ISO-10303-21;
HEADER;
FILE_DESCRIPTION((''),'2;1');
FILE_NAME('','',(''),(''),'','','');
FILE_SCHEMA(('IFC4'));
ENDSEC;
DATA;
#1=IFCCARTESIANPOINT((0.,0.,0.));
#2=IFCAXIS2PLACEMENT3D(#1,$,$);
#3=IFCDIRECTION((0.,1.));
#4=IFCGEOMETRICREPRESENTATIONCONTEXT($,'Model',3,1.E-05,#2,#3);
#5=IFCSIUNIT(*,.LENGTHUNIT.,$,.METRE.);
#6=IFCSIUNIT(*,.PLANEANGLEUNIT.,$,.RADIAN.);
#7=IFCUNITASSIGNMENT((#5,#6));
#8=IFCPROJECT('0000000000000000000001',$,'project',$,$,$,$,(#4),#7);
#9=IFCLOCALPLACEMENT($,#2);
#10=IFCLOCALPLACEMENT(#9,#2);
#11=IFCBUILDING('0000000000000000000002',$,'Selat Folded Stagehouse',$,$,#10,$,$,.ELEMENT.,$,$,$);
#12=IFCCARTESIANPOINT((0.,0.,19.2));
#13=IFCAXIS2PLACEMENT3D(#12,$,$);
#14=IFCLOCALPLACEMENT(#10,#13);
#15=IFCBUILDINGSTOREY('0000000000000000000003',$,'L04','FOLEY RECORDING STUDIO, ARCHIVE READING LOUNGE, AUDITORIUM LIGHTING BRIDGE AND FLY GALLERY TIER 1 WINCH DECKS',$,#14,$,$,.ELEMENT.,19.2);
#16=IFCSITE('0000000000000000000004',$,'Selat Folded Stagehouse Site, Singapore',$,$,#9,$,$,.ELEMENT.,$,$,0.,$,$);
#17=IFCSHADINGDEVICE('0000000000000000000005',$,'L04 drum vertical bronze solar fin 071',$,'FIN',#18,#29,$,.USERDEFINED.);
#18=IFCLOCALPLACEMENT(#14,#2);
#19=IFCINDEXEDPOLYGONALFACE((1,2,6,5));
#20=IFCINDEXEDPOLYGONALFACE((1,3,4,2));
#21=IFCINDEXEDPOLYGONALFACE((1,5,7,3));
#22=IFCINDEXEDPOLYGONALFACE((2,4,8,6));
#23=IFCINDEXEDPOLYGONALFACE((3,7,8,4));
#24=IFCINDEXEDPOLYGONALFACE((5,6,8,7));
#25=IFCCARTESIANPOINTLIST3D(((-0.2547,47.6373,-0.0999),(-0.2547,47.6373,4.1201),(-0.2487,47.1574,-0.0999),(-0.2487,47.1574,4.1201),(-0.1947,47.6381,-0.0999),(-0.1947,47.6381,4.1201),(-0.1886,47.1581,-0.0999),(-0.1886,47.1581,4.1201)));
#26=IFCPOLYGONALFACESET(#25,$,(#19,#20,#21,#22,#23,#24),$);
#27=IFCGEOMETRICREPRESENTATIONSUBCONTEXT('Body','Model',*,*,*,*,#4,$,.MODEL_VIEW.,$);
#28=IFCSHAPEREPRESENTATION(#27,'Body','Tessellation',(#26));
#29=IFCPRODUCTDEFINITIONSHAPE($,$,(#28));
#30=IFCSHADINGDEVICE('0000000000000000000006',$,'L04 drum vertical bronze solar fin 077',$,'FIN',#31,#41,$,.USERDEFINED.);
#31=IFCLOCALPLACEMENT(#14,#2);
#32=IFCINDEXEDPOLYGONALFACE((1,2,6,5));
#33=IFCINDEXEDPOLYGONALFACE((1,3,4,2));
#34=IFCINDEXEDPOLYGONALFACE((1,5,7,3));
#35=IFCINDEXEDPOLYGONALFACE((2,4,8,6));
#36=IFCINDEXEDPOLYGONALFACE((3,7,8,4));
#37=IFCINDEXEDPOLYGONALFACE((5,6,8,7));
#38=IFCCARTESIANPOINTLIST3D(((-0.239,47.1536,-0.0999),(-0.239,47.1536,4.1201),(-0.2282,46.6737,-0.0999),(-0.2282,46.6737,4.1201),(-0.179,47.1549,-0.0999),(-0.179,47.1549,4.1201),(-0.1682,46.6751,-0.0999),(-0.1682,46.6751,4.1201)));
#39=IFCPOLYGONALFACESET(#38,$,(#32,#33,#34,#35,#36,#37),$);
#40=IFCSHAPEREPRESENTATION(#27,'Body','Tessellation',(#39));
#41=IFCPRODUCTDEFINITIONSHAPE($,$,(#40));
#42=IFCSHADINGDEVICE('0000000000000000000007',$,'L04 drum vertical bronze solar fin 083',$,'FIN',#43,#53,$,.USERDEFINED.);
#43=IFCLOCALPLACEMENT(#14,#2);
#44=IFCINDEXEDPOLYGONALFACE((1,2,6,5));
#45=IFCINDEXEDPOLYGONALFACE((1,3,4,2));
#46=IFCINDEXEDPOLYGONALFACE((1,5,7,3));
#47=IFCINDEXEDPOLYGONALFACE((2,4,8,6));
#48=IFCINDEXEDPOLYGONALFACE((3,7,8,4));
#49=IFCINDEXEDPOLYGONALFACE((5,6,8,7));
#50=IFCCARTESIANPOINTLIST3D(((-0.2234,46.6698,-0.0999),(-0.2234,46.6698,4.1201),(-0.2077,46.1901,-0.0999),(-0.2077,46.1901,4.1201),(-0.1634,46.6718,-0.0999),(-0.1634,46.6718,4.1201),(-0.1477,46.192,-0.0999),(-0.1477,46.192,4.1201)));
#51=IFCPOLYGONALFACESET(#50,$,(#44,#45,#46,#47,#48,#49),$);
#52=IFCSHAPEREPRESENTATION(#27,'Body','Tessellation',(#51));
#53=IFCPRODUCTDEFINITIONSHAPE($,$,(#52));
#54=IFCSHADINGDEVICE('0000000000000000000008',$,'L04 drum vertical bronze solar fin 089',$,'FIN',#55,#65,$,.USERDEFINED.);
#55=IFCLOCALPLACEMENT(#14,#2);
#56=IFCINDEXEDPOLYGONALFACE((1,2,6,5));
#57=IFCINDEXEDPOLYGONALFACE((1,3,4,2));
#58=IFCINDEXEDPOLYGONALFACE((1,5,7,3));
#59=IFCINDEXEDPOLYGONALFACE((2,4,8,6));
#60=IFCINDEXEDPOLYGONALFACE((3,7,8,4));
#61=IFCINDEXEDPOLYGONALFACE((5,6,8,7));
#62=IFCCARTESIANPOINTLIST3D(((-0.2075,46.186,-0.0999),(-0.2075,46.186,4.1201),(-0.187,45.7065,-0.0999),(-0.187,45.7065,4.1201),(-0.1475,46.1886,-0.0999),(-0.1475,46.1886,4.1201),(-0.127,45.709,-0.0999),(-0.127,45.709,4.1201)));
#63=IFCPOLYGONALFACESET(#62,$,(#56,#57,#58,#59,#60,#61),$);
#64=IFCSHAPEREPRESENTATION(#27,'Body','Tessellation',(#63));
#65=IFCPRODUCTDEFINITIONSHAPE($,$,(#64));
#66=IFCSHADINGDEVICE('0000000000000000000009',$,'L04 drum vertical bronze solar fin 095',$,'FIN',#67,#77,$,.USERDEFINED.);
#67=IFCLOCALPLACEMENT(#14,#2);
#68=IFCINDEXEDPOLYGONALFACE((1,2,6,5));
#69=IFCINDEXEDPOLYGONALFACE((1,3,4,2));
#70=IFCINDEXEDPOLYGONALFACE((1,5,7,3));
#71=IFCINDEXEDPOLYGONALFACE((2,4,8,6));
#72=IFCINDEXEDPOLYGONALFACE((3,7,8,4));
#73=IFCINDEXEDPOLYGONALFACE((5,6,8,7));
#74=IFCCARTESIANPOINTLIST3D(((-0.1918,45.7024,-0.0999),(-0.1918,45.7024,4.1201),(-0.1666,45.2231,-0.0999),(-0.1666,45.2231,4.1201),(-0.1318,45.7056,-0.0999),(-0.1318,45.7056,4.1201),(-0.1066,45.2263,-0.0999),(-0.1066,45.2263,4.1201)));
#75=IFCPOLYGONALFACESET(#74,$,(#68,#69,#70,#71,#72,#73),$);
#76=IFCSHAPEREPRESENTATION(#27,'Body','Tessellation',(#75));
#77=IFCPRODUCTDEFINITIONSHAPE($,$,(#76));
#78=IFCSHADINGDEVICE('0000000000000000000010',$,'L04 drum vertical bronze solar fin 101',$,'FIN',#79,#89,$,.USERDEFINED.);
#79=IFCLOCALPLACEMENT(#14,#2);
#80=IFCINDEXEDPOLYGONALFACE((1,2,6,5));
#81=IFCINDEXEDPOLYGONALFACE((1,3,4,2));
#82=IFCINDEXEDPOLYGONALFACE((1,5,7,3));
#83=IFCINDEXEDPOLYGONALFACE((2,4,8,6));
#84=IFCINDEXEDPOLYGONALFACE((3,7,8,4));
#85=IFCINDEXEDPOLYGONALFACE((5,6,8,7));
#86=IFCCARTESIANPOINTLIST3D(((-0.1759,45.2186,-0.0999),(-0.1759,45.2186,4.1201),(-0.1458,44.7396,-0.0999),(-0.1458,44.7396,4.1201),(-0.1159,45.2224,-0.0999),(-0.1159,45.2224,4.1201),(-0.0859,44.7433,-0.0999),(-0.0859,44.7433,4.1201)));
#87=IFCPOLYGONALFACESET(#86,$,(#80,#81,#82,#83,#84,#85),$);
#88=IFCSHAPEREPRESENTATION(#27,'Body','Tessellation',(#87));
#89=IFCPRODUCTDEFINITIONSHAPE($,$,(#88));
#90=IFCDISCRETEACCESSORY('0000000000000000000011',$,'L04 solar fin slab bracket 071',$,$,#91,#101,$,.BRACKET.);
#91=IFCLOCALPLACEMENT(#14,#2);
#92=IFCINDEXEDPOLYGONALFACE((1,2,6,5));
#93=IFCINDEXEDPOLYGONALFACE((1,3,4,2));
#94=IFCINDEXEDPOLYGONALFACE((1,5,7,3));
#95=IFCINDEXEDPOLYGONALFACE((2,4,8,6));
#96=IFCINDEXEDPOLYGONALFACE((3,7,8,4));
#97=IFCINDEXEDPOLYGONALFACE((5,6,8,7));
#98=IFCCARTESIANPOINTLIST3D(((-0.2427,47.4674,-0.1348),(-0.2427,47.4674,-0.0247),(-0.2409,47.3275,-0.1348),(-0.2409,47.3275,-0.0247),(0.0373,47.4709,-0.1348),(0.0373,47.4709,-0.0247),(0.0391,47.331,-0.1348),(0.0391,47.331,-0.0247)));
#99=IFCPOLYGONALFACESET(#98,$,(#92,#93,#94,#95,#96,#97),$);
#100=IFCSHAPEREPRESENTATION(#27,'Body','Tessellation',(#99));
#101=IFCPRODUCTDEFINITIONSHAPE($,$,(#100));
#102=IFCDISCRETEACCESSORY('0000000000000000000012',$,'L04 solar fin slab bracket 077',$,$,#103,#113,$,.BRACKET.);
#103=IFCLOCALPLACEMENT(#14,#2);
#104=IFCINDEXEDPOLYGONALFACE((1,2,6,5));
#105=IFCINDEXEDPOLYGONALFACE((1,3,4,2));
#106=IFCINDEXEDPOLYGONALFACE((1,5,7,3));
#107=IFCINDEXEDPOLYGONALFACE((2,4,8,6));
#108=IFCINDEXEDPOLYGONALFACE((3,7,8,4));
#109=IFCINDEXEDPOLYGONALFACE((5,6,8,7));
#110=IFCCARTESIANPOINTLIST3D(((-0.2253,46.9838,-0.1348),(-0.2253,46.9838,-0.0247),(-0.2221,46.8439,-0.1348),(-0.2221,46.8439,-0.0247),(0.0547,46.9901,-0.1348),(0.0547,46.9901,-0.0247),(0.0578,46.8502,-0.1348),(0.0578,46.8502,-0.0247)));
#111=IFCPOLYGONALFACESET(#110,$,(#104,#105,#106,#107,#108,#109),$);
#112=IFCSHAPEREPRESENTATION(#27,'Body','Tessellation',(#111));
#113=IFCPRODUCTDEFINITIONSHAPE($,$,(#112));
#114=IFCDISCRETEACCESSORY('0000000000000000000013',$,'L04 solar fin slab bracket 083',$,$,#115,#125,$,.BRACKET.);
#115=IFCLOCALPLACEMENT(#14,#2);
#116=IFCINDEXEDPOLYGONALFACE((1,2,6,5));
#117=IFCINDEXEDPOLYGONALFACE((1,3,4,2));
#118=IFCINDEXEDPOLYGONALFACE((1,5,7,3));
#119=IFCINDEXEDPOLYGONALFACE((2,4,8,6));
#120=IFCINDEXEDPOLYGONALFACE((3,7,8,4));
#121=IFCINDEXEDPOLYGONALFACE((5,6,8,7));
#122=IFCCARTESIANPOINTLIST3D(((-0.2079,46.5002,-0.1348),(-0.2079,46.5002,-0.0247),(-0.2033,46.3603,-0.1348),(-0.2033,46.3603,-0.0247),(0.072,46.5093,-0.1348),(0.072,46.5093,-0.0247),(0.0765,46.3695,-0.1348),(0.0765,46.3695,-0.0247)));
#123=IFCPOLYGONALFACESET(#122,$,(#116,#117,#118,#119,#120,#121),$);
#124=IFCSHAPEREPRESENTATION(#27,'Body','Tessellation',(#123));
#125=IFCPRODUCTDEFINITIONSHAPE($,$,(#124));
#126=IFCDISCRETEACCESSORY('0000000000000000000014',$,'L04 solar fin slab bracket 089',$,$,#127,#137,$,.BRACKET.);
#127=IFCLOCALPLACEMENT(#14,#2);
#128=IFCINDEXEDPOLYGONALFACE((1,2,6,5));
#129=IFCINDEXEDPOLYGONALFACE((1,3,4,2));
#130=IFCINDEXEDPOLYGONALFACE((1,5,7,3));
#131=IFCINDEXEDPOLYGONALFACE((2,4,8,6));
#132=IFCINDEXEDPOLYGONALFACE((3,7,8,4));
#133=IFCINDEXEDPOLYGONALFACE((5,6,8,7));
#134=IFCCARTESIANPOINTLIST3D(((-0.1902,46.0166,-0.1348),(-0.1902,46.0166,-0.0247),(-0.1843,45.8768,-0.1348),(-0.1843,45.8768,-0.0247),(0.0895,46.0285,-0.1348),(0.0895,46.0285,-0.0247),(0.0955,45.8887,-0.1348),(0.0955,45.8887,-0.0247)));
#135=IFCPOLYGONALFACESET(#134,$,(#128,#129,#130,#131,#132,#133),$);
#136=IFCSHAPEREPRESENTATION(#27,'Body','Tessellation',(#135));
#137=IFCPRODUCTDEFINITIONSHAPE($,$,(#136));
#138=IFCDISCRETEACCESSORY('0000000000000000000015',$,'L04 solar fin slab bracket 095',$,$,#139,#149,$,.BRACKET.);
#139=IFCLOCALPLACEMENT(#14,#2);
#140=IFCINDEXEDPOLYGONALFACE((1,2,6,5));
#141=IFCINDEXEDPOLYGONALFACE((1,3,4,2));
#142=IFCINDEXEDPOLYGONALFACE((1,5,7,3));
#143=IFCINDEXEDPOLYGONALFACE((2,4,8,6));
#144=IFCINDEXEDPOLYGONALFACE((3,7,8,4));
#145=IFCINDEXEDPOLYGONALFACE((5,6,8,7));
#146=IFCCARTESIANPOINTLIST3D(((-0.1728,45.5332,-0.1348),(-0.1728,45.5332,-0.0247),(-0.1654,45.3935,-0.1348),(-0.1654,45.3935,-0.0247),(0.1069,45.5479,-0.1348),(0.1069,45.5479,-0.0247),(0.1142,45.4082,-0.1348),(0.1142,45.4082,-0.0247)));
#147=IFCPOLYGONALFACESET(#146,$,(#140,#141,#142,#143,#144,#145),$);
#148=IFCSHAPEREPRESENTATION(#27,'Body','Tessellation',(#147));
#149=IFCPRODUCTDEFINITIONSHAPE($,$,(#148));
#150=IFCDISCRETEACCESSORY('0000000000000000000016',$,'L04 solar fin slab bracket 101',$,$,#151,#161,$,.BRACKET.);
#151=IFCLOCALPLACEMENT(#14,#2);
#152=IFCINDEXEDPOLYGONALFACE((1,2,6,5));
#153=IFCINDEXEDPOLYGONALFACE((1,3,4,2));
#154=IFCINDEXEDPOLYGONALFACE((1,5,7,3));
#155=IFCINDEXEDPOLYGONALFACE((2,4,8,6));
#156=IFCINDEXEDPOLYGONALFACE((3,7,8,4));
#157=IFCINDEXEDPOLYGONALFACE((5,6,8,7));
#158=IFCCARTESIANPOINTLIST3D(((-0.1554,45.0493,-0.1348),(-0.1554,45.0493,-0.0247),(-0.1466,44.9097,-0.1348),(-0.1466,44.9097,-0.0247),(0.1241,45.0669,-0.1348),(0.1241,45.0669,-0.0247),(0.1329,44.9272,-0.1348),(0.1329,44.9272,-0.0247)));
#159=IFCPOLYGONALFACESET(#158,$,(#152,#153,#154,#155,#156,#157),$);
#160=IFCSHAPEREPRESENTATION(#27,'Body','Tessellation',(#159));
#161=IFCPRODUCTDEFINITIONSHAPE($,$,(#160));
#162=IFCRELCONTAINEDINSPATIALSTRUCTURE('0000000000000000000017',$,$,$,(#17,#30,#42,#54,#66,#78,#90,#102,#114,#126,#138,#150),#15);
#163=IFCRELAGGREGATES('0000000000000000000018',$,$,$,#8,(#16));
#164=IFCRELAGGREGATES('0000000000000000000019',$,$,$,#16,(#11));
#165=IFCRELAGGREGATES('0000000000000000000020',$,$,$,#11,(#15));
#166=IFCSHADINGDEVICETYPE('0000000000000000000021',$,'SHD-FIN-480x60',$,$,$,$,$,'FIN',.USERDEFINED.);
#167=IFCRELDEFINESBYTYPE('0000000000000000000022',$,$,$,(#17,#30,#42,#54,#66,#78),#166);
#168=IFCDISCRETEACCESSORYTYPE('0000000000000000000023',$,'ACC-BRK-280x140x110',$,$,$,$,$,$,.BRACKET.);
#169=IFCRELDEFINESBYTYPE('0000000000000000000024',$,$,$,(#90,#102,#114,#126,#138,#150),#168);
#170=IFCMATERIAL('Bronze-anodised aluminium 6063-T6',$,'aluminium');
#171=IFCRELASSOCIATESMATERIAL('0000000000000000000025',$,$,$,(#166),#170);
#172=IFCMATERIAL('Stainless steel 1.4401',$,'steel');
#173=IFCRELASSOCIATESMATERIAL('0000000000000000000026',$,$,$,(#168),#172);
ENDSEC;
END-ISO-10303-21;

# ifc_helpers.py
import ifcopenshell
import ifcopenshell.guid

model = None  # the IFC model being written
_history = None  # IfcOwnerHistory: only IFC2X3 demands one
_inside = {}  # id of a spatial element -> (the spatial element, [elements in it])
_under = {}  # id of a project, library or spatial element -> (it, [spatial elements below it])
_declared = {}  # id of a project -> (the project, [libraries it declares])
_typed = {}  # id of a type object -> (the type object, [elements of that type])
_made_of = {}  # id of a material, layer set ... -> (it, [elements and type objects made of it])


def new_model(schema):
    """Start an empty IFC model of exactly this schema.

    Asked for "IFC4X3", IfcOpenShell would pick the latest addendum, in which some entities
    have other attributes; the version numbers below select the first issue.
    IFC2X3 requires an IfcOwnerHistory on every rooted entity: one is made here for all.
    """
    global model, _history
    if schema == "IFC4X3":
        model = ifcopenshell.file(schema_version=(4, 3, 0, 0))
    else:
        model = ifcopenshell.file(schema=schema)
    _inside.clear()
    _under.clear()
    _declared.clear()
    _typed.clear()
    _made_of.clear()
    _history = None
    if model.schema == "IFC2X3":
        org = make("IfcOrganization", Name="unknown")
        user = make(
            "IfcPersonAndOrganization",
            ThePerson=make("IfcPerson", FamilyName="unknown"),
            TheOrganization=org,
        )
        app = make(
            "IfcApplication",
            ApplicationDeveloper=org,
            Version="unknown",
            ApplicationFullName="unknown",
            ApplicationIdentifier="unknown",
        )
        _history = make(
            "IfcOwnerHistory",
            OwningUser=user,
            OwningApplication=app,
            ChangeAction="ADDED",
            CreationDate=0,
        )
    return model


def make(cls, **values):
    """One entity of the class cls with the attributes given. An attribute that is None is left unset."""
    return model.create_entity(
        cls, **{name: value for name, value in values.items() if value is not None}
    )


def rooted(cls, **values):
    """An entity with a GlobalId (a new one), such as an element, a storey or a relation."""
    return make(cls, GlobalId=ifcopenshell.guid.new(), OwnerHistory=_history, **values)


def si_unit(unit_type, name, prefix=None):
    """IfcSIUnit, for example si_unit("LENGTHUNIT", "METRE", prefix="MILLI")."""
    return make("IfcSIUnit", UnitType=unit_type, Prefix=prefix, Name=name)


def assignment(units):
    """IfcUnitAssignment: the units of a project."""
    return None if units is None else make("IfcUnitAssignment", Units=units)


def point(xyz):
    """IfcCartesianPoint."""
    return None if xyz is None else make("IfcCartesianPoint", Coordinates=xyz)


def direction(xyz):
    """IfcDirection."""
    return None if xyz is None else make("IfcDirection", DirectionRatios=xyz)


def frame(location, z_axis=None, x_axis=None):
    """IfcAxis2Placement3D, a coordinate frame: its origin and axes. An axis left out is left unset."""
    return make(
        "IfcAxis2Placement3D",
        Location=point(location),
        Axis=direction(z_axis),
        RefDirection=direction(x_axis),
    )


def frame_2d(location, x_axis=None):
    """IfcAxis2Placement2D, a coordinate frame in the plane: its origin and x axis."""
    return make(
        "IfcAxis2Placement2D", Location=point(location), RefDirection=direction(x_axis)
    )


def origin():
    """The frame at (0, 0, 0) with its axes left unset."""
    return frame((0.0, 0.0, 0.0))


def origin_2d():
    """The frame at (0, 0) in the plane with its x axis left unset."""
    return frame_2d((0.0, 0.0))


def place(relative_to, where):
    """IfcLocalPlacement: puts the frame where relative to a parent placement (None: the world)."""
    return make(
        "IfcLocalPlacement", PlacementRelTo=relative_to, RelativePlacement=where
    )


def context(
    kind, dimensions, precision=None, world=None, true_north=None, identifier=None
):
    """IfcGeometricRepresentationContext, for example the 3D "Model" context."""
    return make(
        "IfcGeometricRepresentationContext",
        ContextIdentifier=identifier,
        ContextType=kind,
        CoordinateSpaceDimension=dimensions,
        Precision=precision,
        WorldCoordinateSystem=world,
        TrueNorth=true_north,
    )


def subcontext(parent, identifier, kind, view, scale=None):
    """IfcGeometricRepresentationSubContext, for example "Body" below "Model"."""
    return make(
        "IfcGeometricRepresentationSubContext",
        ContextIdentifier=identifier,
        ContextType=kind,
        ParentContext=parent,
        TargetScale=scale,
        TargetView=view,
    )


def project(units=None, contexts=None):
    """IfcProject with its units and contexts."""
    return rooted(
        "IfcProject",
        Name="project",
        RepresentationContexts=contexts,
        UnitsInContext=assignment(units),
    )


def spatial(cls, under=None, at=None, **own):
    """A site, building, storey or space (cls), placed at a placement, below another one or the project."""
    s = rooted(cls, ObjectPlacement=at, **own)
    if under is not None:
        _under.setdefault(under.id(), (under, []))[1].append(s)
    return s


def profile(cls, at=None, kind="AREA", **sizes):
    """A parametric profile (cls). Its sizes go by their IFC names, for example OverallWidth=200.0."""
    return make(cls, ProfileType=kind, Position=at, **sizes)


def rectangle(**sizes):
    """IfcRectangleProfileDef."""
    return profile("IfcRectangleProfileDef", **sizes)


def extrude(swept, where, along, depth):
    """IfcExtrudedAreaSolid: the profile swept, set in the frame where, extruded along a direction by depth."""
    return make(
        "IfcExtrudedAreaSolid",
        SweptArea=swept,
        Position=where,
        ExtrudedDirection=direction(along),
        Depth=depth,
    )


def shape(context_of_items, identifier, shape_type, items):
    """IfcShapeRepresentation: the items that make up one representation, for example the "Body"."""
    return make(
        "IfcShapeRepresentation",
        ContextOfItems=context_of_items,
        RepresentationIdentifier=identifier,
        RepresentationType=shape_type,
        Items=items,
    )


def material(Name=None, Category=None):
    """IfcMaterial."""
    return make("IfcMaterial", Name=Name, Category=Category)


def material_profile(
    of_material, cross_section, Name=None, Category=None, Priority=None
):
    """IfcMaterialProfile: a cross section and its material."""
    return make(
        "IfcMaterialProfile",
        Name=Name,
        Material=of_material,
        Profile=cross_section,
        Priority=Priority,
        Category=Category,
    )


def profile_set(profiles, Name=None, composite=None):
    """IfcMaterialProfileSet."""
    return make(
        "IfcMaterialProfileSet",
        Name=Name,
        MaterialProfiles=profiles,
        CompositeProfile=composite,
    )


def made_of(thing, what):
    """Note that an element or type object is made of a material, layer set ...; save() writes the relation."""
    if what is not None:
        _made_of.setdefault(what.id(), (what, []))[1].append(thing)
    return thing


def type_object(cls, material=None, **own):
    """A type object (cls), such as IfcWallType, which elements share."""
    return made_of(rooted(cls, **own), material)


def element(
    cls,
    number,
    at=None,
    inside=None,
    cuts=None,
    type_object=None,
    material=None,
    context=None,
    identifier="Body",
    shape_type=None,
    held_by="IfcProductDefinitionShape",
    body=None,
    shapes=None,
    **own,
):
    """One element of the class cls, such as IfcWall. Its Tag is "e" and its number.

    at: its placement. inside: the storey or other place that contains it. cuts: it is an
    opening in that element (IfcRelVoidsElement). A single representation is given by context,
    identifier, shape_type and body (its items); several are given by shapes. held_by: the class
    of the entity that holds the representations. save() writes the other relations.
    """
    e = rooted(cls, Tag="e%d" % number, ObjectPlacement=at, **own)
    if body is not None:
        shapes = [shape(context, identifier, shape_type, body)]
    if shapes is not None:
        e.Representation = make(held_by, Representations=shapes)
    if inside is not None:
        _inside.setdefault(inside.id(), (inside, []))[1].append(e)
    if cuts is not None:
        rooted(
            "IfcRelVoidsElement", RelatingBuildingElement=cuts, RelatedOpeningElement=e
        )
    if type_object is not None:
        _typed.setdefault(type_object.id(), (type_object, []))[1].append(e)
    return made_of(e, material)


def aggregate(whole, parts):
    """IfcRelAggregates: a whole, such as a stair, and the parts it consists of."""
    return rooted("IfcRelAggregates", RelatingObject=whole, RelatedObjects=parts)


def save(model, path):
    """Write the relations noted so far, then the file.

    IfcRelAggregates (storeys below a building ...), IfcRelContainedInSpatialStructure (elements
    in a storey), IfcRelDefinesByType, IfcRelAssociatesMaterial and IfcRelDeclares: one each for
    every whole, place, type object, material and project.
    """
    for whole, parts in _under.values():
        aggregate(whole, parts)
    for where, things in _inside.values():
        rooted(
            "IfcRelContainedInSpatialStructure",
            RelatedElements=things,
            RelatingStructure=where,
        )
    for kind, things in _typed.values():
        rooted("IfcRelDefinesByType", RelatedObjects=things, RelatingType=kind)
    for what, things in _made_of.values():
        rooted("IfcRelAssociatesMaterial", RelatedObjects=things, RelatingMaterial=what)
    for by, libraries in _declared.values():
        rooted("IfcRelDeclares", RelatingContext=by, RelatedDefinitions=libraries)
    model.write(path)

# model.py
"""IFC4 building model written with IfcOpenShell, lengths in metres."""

from ifc_helpers import new_model, si_unit, direction, frame, origin, origin_2d, place, context, subcontext, project, spatial, rectangle, extrude, material, material_profile, profile_set, type_object, element, save


model = new_model("IFC4")

# Units and contexts
model_context = context("Model", 3, precision=1e-05, world=origin(), true_north=direction((0.0, 1.0)))
body_context = subcontext(model_context, "Body", "Model", "MODEL_VIEW")
ifc_project = project(units=[si_unit("LENGTHUNIT", "METRE"), si_unit("PLANEANGLEUNIT", "RADIAN")], contexts=[model_context])

# Site, building, storey
site_placement = place(None, origin())
site = spatial("IfcSite", under=ifc_project, at=site_placement, Name="Selat Folded Stagehouse Site, Singapore", CompositionType="ELEMENT", RefElevation=0.0)
building_placement = place(site_placement, origin())
building = spatial("IfcBuilding", under=site, at=building_placement, Name="Selat Folded Stagehouse", CompositionType="ELEMENT")
storey_placement = place(building_placement, frame((0.0, 0.0, 19.2)))
storey = spatial("IfcBuildingStorey", under=building, at=storey_placement, Name="L04", Description="FOLEY RECORDING STUDIO, ARCHIVE READING LOUNGE, AUDITORIUM LIGHTING BRIDGE AND FLY GALLERY TIER 1 WINCH DECKS", CompositionType="ELEMENT", Elevation=19.2)

# Shading devices
ifc_material_1 = material(Name="Bronze-anodised aluminium 6063-T6", Category="aluminium")
ifc_material_profile_1 = material_profile(ifc_material_1, rectangle(XDim=0.0601, YDim=0.48, at=origin_2d()), Name="SOLAR-FIN 480x60")
ifc_profile_set_1 = profile_set([ifc_material_profile_1], Name="Bronze-anodised aluminium 6063-T6")
shading_device_type = type_object("IfcShadingDeviceType", Name="SHD-FIN-480x60", ElementType="FIN", PredefinedType="USERDEFINED", material=ifc_profile_set_1)
for number, where, z_axis, x_axis, name in (
    (1, (-0.2217, 47.3977, -0.0999), (0.0, 0.0, 1.0), (-0.999921, -0.012566, 0.0), "L04 drum vertical bronze solar fin 071"),
    (2, (-0.2036, 46.9143, -0.0999), (0.0, 0.0, 1.0), (-0.999747, -0.022513, 0.0), "L04 drum vertical bronze solar fin 077"),
    (3, (-0.1855, 46.4309, -0.0999), (0.0, 0.0, 1.0), (-0.999467, -0.032632, 0.0), "L04 drum vertical bronze solar fin 083"),
    (4, (-0.1672, 45.9475, -0.0999), (0.0, 0.0, 1.0), (-0.999093, -0.042573, 0.0), "L04 drum vertical bronze solar fin 089"),
    (5, (-0.1492, 45.4644, -0.0999), (0.0, 0.0, 1.0), (-0.99862, -0.05251, 0.0), "L04 drum vertical bronze solar fin 095"),
    (6, (-0.1309, 44.981, -0.0999), (0.0, 0.0, 1.0), (-0.998038, -0.062616, 0.0), "L04 drum vertical bronze solar fin 101"),
):
    element("IfcShadingDevice", number, at=place(storey_placement, frame(where, z_axis=z_axis, x_axis=x_axis)), inside=storey, type_object=shading_device_type, Name=name, ObjectType="FIN", PredefinedType="USERDEFINED", context=body_context, shape_type="SweptSolid", body=[
        extrude(rectangle(XDim=0.0601, YDim=0.48, at=origin_2d()), origin(), (0.0, 0.0, 1.0), 4.22),
    ])

# Discrete accessories
ifc_material_2 = material(Name="Stainless steel 1.4401", Category="steel")
discrete_accessory_type = type_object("IfcDiscreteAccessoryType", Name="ACC-BRK-280x140x110", PredefinedType="BRACKET", material=ifc_material_2)
for number, where, z_axis, x_axis, name in (
    (7, (-0.1018, 47.3992, -0.1348), (0.0, 0.0, 1.0), (-0.999921, -0.012566, 0.0), "L04 solar fin slab bracket 071"),
    (8, (-0.0837, 46.917, -0.1348), (0.0, 0.0, 1.0), (-0.999747, -0.022513, 0.0), "L04 solar fin slab bracket 077"),
    (9, (-0.0657, 46.4348, -0.1348), (0.0, 0.0, 1.0), (-0.999467, -0.032632, 0.0), "L04 solar fin slab bracket 083"),
    (10, (-0.0474, 45.9526, -0.1348), (0.0, 0.0, 1.0), (-0.999093, -0.042573, 0.0), "L04 solar fin slab bracket 089"),
    (11, (-0.0293, 45.4707, -0.1348), (0.0, 0.0, 1.0), (-0.99862, -0.05251, 0.0), "L04 solar fin slab bracket 095"),
    (12, (-0.0112, 44.9883, -0.1348), (0.0, 0.0, 1.0), (-0.998038, -0.062616, 0.0), "L04 solar fin slab bracket 101"),
):
    element("IfcDiscreteAccessory", number, at=place(storey_placement, frame(where, z_axis=z_axis, x_axis=x_axis)), inside=storey, type_object=discrete_accessory_type, Name=name, PredefinedType="BRACKET", context=body_context, shape_type="SweptSolid", body=[
        extrude(rectangle(XDim=0.28, YDim=0.1399, at=origin_2d()), origin(), (0.0, 0.0, 1.0), 0.1101),
    ])

save(model, "model.ifc")
